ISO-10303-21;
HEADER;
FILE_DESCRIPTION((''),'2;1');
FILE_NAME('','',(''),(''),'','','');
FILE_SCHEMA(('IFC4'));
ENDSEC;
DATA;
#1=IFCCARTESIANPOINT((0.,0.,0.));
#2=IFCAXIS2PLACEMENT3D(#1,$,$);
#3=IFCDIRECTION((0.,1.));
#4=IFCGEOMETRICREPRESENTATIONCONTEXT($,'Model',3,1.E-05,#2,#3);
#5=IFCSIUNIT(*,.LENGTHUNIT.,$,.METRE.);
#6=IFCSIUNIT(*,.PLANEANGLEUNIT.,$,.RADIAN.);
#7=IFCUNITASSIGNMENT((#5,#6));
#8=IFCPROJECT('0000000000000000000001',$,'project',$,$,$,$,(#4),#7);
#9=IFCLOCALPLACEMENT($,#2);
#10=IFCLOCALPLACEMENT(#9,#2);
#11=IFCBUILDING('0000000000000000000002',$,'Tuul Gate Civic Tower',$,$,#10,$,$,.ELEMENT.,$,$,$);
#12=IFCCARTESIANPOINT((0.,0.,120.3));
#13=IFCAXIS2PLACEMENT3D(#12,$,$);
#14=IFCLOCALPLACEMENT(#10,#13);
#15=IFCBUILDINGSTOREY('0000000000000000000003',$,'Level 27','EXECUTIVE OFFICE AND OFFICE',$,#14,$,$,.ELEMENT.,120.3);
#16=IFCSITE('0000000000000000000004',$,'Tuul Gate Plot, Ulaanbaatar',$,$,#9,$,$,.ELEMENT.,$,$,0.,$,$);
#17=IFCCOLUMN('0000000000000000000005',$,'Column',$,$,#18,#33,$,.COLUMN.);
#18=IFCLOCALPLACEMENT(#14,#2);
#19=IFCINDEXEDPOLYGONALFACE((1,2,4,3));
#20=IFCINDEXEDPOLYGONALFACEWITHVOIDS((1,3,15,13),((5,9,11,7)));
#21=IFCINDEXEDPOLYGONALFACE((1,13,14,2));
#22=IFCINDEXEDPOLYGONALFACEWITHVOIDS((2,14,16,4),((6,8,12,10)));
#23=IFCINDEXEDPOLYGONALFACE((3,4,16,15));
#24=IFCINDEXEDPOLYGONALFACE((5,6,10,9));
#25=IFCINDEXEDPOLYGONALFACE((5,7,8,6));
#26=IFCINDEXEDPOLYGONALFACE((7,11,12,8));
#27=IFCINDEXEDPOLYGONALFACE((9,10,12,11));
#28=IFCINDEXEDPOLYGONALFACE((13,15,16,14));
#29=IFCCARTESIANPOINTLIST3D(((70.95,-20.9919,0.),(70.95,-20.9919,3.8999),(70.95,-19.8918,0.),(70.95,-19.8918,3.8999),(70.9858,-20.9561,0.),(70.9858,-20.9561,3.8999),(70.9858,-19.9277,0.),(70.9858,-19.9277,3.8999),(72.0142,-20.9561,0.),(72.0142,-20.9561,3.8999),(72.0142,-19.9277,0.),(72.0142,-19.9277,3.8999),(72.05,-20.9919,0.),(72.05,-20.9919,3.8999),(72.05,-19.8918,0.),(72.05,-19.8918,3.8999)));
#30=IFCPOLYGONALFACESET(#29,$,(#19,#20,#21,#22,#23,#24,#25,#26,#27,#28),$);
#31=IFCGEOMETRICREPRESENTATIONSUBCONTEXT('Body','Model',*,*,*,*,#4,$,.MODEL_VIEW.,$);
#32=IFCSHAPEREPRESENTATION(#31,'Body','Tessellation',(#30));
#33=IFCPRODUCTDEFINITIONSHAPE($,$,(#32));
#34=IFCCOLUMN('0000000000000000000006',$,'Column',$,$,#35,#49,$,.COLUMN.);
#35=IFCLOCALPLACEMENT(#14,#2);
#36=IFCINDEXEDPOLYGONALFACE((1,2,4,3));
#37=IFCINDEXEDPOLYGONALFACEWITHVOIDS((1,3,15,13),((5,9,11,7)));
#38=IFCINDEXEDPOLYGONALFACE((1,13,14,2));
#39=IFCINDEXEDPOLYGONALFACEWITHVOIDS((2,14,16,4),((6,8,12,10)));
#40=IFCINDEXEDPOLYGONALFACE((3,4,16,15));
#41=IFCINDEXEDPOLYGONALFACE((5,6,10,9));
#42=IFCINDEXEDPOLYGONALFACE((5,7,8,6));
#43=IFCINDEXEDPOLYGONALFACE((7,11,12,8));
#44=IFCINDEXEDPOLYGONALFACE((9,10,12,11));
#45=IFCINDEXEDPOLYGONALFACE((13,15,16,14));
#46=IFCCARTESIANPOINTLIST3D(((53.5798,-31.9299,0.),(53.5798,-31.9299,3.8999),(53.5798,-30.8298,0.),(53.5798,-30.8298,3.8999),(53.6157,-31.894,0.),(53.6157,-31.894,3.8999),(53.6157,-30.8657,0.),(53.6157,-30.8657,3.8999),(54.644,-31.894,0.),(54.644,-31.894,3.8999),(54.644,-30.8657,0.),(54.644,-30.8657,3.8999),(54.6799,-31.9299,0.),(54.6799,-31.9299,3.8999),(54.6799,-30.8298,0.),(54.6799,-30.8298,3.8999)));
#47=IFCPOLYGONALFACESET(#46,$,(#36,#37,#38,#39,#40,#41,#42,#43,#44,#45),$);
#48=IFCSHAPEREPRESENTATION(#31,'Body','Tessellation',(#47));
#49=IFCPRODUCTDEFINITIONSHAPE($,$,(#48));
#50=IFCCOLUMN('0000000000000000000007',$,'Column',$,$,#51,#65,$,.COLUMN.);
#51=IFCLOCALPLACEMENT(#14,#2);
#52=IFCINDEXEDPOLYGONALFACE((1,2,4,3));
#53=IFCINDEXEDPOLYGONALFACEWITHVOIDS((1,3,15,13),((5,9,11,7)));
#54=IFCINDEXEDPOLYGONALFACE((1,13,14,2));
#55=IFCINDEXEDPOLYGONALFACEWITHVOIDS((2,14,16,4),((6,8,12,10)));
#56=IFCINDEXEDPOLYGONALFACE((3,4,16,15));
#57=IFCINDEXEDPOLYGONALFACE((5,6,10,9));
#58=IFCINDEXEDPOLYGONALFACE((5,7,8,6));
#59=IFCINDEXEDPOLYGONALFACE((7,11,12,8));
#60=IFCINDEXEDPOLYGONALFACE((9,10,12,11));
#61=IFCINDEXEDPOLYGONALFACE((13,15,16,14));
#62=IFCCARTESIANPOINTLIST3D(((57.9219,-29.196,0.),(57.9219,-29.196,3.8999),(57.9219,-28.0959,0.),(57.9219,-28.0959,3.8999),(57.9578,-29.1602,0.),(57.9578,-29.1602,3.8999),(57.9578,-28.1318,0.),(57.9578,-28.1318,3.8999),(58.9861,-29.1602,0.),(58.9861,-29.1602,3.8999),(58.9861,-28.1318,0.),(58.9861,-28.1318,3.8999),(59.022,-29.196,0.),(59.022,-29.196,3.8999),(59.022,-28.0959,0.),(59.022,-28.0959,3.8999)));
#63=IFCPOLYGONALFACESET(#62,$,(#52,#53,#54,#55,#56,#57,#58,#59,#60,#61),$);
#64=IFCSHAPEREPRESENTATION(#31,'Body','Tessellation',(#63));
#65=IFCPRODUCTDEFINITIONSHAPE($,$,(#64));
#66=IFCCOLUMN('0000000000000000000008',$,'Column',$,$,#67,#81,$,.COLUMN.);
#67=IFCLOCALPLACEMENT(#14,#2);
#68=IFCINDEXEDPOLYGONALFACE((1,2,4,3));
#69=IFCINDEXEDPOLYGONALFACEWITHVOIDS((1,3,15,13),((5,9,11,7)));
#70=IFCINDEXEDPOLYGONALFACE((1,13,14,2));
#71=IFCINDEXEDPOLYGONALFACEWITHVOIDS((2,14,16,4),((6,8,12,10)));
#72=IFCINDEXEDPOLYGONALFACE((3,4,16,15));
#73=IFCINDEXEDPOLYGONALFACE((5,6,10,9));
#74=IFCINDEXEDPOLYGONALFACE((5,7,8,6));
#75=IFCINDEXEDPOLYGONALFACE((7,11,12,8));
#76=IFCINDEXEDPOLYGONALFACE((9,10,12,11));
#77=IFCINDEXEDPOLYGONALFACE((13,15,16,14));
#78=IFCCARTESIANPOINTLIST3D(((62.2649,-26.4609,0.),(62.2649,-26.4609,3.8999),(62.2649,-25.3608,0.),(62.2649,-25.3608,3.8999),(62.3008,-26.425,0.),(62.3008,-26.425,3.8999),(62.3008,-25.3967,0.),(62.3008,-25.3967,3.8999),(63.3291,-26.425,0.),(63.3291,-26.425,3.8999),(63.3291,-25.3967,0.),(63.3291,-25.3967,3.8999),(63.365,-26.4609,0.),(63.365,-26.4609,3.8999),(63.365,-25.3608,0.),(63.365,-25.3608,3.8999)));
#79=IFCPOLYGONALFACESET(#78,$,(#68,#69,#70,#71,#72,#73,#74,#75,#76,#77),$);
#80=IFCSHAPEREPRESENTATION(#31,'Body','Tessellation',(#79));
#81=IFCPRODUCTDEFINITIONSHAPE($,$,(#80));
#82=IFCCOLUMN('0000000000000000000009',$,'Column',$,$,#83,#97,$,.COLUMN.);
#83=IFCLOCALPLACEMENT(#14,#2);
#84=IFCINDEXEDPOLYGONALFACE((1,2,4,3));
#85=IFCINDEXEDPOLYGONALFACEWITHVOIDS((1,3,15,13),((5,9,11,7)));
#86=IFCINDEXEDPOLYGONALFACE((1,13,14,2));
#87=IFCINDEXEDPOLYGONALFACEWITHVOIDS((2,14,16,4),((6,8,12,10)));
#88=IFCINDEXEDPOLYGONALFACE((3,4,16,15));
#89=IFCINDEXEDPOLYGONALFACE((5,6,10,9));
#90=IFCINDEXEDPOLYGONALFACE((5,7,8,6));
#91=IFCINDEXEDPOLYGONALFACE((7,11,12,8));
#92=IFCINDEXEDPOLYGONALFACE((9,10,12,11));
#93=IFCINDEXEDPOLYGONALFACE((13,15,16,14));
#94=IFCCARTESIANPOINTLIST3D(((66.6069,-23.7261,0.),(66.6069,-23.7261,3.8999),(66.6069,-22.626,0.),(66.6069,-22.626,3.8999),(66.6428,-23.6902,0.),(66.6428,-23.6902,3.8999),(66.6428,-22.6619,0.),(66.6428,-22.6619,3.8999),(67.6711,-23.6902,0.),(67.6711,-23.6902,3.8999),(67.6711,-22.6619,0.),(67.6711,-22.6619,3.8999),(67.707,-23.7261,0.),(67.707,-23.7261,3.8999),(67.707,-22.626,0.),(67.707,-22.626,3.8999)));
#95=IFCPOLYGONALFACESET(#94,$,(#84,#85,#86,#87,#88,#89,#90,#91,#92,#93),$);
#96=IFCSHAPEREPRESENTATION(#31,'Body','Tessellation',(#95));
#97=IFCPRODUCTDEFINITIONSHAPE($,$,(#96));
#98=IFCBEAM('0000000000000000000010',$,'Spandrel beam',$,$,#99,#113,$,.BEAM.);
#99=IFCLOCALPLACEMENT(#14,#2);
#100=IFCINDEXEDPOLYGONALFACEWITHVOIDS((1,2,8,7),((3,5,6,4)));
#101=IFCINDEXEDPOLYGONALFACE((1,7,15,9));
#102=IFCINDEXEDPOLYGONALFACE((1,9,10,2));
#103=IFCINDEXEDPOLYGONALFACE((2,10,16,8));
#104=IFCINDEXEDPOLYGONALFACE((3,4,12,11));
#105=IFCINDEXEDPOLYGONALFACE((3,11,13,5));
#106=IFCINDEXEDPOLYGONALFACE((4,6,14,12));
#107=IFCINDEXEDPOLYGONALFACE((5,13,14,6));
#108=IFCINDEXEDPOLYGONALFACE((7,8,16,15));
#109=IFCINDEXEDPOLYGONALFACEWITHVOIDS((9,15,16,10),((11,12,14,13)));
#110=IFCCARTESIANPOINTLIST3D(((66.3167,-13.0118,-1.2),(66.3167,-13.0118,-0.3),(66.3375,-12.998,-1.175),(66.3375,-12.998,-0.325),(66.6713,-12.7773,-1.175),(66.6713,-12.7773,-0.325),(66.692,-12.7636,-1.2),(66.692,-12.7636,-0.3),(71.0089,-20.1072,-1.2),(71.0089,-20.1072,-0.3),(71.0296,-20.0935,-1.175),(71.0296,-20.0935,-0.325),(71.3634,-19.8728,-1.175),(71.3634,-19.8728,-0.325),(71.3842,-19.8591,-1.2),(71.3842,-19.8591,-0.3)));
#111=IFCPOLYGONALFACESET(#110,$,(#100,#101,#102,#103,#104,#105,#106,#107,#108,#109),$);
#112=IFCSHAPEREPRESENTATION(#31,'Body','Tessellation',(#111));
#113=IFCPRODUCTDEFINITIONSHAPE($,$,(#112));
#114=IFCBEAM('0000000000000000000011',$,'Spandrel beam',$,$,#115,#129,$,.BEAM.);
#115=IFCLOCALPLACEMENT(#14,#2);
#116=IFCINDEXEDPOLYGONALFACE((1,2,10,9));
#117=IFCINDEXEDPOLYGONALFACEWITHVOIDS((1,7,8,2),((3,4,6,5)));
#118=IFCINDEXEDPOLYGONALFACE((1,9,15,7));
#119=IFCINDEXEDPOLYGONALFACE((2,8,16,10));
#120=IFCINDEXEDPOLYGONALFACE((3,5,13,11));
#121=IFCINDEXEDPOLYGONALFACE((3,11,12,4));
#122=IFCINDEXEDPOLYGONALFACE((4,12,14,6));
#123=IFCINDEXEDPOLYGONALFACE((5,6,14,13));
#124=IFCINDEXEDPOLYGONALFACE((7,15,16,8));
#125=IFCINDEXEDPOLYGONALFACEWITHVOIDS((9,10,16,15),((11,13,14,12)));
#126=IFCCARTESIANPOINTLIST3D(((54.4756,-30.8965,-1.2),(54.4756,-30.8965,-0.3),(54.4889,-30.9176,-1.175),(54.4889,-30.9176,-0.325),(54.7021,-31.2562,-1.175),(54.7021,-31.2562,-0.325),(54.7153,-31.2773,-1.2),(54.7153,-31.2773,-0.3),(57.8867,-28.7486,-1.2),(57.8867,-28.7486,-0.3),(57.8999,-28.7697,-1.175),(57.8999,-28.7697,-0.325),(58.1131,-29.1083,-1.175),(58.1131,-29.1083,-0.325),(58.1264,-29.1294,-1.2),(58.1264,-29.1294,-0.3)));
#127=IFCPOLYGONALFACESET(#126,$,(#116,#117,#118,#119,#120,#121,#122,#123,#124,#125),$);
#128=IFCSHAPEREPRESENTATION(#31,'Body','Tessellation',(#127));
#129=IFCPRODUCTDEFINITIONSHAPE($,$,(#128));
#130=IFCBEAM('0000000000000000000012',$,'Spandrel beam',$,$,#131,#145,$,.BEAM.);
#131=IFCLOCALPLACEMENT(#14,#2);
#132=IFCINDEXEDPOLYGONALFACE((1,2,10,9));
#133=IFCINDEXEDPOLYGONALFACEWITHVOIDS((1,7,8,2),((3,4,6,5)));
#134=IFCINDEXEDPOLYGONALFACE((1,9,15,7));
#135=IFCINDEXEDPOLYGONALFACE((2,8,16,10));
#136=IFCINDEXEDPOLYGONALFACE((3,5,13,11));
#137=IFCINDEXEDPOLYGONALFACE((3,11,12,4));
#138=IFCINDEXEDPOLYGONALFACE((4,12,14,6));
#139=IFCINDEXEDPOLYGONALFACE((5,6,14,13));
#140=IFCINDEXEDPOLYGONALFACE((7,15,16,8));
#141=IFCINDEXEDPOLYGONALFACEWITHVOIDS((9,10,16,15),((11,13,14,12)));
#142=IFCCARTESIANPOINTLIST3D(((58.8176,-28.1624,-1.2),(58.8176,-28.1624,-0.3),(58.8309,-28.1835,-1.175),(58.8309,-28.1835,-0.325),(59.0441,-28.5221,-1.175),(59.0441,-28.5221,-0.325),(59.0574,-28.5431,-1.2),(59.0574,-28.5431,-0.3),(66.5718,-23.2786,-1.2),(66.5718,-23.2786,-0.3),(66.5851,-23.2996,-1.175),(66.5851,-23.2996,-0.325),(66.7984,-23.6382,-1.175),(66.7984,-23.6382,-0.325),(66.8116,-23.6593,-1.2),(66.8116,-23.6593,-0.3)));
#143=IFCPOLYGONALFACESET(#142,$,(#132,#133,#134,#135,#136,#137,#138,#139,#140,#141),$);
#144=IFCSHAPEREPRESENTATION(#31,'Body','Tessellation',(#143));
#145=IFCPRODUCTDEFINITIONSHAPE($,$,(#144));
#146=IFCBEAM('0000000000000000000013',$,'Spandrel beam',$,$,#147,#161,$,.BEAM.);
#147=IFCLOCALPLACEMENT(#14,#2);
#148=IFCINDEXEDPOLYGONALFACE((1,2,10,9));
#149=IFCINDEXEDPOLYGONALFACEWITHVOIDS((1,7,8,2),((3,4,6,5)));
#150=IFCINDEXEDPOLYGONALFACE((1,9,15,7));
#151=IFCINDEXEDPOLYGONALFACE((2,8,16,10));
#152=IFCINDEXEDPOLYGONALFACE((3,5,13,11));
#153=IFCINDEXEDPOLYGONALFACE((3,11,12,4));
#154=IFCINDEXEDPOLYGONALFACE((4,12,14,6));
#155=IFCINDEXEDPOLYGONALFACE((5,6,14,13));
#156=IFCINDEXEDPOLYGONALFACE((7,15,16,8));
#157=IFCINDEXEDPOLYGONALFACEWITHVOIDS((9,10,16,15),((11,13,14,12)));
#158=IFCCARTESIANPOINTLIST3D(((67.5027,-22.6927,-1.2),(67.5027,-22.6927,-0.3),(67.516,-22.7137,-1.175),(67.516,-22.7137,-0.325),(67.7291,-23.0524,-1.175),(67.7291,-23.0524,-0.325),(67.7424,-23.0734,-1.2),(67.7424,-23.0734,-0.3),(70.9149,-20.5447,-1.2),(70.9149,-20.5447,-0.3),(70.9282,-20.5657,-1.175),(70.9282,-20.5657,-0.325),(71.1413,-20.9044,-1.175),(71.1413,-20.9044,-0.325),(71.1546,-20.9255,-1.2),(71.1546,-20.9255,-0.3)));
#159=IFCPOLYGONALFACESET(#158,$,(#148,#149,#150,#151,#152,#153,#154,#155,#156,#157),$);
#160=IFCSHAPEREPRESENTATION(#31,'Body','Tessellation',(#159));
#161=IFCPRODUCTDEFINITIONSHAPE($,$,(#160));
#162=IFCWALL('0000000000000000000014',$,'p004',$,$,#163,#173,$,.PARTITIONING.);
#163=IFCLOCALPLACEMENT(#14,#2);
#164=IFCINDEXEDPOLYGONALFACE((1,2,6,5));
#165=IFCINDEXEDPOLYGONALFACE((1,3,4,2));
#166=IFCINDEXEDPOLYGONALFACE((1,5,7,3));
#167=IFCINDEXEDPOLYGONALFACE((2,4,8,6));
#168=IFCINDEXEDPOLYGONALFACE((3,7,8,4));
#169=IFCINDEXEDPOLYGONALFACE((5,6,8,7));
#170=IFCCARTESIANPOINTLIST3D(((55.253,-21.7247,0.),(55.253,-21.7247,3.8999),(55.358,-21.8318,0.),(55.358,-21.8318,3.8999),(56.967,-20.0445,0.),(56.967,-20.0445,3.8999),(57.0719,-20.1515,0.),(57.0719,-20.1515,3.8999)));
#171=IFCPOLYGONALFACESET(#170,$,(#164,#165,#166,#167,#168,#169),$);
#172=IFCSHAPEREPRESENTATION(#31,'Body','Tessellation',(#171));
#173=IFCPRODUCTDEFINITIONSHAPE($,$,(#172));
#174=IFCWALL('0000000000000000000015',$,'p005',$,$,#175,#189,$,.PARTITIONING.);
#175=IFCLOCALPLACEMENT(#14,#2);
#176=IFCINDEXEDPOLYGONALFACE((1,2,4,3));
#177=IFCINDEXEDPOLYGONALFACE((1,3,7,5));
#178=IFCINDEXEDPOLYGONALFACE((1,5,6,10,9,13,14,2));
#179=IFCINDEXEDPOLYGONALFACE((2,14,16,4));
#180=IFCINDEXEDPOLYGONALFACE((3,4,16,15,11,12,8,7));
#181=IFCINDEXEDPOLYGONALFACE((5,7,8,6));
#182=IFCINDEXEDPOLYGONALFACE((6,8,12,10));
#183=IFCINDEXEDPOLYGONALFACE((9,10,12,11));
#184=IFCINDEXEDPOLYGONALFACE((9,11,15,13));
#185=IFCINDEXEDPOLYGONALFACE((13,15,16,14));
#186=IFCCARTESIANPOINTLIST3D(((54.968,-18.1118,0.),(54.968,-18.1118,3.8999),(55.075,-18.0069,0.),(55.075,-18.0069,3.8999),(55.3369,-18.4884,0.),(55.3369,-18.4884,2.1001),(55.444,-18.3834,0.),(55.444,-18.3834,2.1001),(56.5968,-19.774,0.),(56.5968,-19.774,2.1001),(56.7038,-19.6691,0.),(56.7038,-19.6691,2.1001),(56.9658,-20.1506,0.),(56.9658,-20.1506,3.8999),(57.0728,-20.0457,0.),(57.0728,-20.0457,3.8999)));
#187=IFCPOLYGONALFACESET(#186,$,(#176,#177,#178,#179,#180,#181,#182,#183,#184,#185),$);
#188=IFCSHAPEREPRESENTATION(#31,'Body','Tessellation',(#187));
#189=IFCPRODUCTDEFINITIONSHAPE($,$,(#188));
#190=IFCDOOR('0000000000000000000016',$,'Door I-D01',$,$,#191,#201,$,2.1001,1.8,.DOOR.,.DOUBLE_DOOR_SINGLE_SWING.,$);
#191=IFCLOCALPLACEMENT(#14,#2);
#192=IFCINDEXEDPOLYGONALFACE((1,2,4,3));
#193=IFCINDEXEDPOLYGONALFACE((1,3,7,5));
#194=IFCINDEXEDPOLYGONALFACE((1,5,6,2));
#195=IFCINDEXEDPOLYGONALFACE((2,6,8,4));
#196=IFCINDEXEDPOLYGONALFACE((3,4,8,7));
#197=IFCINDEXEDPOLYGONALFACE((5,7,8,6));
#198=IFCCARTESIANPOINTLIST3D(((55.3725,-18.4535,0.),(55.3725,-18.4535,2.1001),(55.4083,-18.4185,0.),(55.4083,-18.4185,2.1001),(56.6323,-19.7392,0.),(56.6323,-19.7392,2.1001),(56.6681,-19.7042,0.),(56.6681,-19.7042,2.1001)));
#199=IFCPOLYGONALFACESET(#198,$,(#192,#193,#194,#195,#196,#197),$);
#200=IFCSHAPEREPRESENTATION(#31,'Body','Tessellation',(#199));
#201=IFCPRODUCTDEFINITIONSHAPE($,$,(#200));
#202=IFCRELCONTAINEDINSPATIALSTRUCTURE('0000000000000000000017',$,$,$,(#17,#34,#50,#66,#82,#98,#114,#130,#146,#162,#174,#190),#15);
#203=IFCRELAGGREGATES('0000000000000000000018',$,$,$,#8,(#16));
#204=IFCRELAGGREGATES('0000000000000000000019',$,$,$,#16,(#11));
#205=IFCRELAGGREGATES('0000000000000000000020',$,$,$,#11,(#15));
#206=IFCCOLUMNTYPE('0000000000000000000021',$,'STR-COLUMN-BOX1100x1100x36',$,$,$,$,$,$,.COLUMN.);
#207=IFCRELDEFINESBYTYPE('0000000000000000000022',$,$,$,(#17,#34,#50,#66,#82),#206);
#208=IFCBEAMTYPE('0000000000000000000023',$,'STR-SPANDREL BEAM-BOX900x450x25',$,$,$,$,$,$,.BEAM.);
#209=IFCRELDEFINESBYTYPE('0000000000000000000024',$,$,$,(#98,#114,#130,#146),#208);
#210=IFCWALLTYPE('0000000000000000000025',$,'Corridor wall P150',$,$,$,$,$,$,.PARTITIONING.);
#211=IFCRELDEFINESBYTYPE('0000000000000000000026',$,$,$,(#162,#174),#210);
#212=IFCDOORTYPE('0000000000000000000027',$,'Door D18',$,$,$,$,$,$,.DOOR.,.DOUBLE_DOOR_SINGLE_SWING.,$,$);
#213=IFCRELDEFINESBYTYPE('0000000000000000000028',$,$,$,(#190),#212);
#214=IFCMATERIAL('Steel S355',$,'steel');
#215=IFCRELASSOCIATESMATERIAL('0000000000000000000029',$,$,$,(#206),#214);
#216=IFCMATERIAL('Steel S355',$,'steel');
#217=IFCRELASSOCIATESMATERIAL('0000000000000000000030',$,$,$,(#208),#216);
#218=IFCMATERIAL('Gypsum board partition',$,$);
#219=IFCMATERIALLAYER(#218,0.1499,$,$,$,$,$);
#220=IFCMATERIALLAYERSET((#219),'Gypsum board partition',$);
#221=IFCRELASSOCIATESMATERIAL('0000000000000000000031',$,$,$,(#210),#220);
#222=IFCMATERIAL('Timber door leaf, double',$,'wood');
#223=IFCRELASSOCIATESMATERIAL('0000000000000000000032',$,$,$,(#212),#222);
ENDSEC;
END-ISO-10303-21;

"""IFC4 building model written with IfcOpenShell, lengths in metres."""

from ifc_helpers import new_model, si_unit, direction, frame, frame_2d, origin, origin_2d, place, context, subcontext, project, spatial, rectangle, hollow_rectangle, extrude, material, layer, layer_set, material_profile, profile_set, type_object, element, fill, save


model = new_model("IFC4")

# Units and contexts
model_context = context("Model", 3, precision=1e-05, world=origin(), true_north=direction((0.0, 1.0)))
body_context = subcontext(model_context, "Body", "Model", "MODEL_VIEW")
ifc_project = project(units=[si_unit("LENGTHUNIT", "METRE"), si_unit("PLANEANGLEUNIT", "RADIAN")], contexts=[model_context])

# Site, building, storey
site_placement = place(None, origin())
site = spatial("IfcSite", under=ifc_project, at=site_placement, Name="Tuul Gate Plot, Ulaanbaatar", CompositionType="ELEMENT", RefElevation=0.0)
building_placement = place(site_placement, origin())
building = spatial("IfcBuilding", under=site, at=building_placement, Name="Tuul Gate Civic Tower", CompositionType="ELEMENT")
storey_placement = place(building_placement, frame((0.0, 0.0, 120.3)))
storey = spatial("IfcBuildingStorey", under=building, at=storey_placement, Name="Level 27", Description="EXECUTIVE OFFICE AND OFFICE", CompositionType="ELEMENT", Elevation=120.3)

# Columns
ifc_material_1 = material(Name="Steel S355", Category="steel")
ifc_material_profile_1 = material_profile(ifc_material_1, hollow_rectangle(XDim=1.1001, YDim=1.1001, WallThickness=0.0359, at=origin_2d()), Name="BOX1100x1100x36")
ifc_profile_set_1 = profile_set([ifc_material_profile_1], Name="Steel S355")
column_type = type_object("IfcColumnType", Name="STR-COLUMN-BOX1100x1100x36", PredefinedType="COLUMN", material=ifc_profile_set_1)
for number, where, z_axis, x_axis, name in (
    (1, (71.5, -20.4419, 0.0), (0.0, 0.0, 1.0), (1.0, 0.0, 0.0), "Column"),
    (2, (54.1299, -31.3799, 0.0), (0.0, 0.0, 1.0), (1.0, 0.0, 0.0), "Column"),
    (3, (58.4719, -28.646, 0.0), (0.0, 0.0, 1.0), (1.0, 0.0, 0.0), "Column"),
    (4, (62.8149, -25.9109, 0.0), (0.0, 0.0, 1.0), (1.0, 0.0, 0.0), "Column"),
    (5, (67.157, -23.176, 0.0), (0.0, 0.0, 1.0), (1.0, 0.0, 0.0), "Column"),
):
    element("IfcColumn", number, at=place(storey_placement, frame(where, z_axis=z_axis, x_axis=x_axis)), inside=storey, type_object=column_type, Name=name, PredefinedType="COLUMN", context=body_context, shape_type="SweptSolid", body=[
        extrude(hollow_rectangle(XDim=1.1001, YDim=1.1001, WallThickness=0.0359, at=origin_2d()), origin(), (0.0, 0.0, 1.0), 3.8999),
    ])

# Beams
ifc_material_2 = material(Name="Steel S355", Category="steel")
ifc_material_profile_2 = material_profile(ifc_material_2, hollow_rectangle(XDim=0.45, YDim=0.8999, WallThickness=0.0249, at=origin_2d()), Name="BOX900x450x25")
ifc_profile_set_2 = profile_set([ifc_material_profile_2], Name="Steel S355")
beam_type = type_object("IfcBeamType", Name="STR-SPANDREL BEAM-BOX900x450x25", PredefinedType="BEAM", material=ifc_profile_set_2)
beam_1_placement = place(storey_placement, frame((71.1965, -19.9832, -0.75), z_axis=(-0.55159, 0.834115, 0.0), x_axis=(-0.834115, -0.55159, 0.0)))
element("IfcBeam", 6, at=beam_1_placement, inside=storey, type_object=beam_type, Name="Spandrel beam", PredefinedType="BEAM", context=body_context, shape_type="SweptSolid", body=[
    extrude(hollow_rectangle(XDim=0.45, YDim=0.8999, WallThickness=0.0249, at=origin_2d()), origin(), (0.0, 0.0, 1.0), 8.5066),
])
beam_2_placement = place(storey_placement, frame((54.5955, -31.0869, -0.75), z_axis=(0.846211, 0.532849, 0.0), x_axis=(-0.532849, 0.846211, 0.0)))
element("IfcBeam", 7, at=beam_2_placement, inside=storey, type_object=beam_type, Name="Spandrel beam", PredefinedType="BEAM", context=body_context, shape_type="SweptSolid", body=[
    extrude(hollow_rectangle(XDim=0.45, YDim=0.8999, WallThickness=0.0249, at=origin_2d()), origin(), (0.0, 0.0, 1.0), 4.031),
])
beam_3_placement = place(storey_placement, frame((58.9375, -28.3528, -0.75), z_axis=(0.846157, 0.532934, 0.0), x_axis=(-0.532934, 0.846157, 0.0)))
element("IfcBeam", 8, at=beam_3_placement, inside=storey, type_object=beam_type, Name="Spandrel beam", PredefinedType="BEAM", context=body_context, shape_type="SweptSolid", body=[
    extrude(hollow_rectangle(XDim=0.45, YDim=0.8999, WallThickness=0.0249, at=origin_2d()), origin(), (0.0, 0.0, 1.0), 9.1641),
])
beam_4_placement = place(storey_placement, frame((67.6226, -22.8831, -0.75), z_axis=(0.846279, 0.532739, 0.0), x_axis=(-0.532739, 0.846279, 0.0)))
element("IfcBeam", 9, at=beam_4_placement, inside=storey, type_object=beam_type, Name="Spandrel beam", PredefinedType="BEAM", context=body_context, shape_type="SweptSolid", body=[
    extrude(hollow_rectangle(XDim=0.45, YDim=0.8999, WallThickness=0.0249, at=origin_2d()), origin(), (0.0, 0.0, 1.0), 4.032),
])

# Wall
ifc_material_3 = material(Name="Gypsum board partition")
ifc_layer_1 = layer(ifc_material_3, 0.1499)
ifc_layer_set_1 = layer_set([ifc_layer_1], Name="Gypsum board partition")
wall_type_1 = type_object("IfcWallType", Name="Corridor wall P150", PredefinedType="PARTITIONING", material=ifc_layer_set_1)
wall_1_placement = place(storey_placement, frame((55.3054, -21.7783, 0.0), z_axis=(0.0, 0.0, 1.0), x_axis=(0.714091, 0.700053, 0.0)))
element("IfcWall", 10, at=wall_1_placement, inside=storey, type_object=wall_type_1, Name="p004", PredefinedType="PARTITIONING", context=body_context, shape_type="SweptSolid", body=[
    extrude(rectangle(XDim=2.4001, YDim=0.1499, at=frame_2d((1.2002, 0.0))), origin(), (0.0, 0.0, 1.0), 3.8999),
])

# Wall, opening, door
wall_2_placement = place(storey_placement, frame((55.0215, -18.0593, 0.0), z_axis=(0.0, 0.0, 1.0), x_axis=(0.699886, -0.714255, 0.0)))
wall_2 = element("IfcWall", 11, at=wall_2_placement, inside=storey, type_object=wall_type_1, Name="p005", PredefinedType="PARTITIONING", context=body_context, shape_type="SweptSolid", body=[
    extrude(rectangle(XDim=2.8545, YDim=0.1499, at=frame_2d((1.4272, 0.0))), origin(), (0.0, 0.0, 1.0), 3.8999),
])
opening_1_placement = place(wall_2_placement, frame((0.5273, 0.0, 0.0)))
opening_1 = element("IfcOpeningElement", 12, at=opening_1_placement, cuts=wall_2, PredefinedType="OPENING", context=body_context, shape_type="SweptSolid", body=[
    extrude(rectangle(XDim=1.8, YDim=2.1001, at=frame_2d((0.8999, 1.05))), frame((0.0, 0.085, 0.0), z_axis=(0.0, -1.0, 0.0), x_axis=(1.0, 0.0, 0.0)), (0.0, 0.0, 1.0), 0.1699),
])
ifc_material_4 = material(Name="Timber door leaf, double", Category="wood")
door_type = type_object("IfcDoorType", Name="Door D18", OperationType="DOUBLE_DOOR_SINGLE_SWING", PredefinedType="DOOR", material=ifc_material_4)
door_placement = place(opening_1_placement, origin())
door = element("IfcDoor", 13, at=door_placement, inside=storey, type_object=door_type, Name="Door I-D01", OperationType="DOUBLE_DOOR_SINGLE_SWING", OverallHeight=2.1001, OverallWidth=1.8, PredefinedType="DOOR", context=body_context, shape_type="SweptSolid", body=[
    extrude(rectangle(XDim=1.8, YDim=2.1001, at=frame_2d((0.8999, 1.05))), frame((0.0, 0.0249, 0.0), z_axis=(0.0, -1.0, 0.0), x_axis=(1.0, 0.0, 0.0)), (0.0, 0.0, 1.0), 0.05),
])
fill(opening_1, door)

save(model, "model.ifc")
